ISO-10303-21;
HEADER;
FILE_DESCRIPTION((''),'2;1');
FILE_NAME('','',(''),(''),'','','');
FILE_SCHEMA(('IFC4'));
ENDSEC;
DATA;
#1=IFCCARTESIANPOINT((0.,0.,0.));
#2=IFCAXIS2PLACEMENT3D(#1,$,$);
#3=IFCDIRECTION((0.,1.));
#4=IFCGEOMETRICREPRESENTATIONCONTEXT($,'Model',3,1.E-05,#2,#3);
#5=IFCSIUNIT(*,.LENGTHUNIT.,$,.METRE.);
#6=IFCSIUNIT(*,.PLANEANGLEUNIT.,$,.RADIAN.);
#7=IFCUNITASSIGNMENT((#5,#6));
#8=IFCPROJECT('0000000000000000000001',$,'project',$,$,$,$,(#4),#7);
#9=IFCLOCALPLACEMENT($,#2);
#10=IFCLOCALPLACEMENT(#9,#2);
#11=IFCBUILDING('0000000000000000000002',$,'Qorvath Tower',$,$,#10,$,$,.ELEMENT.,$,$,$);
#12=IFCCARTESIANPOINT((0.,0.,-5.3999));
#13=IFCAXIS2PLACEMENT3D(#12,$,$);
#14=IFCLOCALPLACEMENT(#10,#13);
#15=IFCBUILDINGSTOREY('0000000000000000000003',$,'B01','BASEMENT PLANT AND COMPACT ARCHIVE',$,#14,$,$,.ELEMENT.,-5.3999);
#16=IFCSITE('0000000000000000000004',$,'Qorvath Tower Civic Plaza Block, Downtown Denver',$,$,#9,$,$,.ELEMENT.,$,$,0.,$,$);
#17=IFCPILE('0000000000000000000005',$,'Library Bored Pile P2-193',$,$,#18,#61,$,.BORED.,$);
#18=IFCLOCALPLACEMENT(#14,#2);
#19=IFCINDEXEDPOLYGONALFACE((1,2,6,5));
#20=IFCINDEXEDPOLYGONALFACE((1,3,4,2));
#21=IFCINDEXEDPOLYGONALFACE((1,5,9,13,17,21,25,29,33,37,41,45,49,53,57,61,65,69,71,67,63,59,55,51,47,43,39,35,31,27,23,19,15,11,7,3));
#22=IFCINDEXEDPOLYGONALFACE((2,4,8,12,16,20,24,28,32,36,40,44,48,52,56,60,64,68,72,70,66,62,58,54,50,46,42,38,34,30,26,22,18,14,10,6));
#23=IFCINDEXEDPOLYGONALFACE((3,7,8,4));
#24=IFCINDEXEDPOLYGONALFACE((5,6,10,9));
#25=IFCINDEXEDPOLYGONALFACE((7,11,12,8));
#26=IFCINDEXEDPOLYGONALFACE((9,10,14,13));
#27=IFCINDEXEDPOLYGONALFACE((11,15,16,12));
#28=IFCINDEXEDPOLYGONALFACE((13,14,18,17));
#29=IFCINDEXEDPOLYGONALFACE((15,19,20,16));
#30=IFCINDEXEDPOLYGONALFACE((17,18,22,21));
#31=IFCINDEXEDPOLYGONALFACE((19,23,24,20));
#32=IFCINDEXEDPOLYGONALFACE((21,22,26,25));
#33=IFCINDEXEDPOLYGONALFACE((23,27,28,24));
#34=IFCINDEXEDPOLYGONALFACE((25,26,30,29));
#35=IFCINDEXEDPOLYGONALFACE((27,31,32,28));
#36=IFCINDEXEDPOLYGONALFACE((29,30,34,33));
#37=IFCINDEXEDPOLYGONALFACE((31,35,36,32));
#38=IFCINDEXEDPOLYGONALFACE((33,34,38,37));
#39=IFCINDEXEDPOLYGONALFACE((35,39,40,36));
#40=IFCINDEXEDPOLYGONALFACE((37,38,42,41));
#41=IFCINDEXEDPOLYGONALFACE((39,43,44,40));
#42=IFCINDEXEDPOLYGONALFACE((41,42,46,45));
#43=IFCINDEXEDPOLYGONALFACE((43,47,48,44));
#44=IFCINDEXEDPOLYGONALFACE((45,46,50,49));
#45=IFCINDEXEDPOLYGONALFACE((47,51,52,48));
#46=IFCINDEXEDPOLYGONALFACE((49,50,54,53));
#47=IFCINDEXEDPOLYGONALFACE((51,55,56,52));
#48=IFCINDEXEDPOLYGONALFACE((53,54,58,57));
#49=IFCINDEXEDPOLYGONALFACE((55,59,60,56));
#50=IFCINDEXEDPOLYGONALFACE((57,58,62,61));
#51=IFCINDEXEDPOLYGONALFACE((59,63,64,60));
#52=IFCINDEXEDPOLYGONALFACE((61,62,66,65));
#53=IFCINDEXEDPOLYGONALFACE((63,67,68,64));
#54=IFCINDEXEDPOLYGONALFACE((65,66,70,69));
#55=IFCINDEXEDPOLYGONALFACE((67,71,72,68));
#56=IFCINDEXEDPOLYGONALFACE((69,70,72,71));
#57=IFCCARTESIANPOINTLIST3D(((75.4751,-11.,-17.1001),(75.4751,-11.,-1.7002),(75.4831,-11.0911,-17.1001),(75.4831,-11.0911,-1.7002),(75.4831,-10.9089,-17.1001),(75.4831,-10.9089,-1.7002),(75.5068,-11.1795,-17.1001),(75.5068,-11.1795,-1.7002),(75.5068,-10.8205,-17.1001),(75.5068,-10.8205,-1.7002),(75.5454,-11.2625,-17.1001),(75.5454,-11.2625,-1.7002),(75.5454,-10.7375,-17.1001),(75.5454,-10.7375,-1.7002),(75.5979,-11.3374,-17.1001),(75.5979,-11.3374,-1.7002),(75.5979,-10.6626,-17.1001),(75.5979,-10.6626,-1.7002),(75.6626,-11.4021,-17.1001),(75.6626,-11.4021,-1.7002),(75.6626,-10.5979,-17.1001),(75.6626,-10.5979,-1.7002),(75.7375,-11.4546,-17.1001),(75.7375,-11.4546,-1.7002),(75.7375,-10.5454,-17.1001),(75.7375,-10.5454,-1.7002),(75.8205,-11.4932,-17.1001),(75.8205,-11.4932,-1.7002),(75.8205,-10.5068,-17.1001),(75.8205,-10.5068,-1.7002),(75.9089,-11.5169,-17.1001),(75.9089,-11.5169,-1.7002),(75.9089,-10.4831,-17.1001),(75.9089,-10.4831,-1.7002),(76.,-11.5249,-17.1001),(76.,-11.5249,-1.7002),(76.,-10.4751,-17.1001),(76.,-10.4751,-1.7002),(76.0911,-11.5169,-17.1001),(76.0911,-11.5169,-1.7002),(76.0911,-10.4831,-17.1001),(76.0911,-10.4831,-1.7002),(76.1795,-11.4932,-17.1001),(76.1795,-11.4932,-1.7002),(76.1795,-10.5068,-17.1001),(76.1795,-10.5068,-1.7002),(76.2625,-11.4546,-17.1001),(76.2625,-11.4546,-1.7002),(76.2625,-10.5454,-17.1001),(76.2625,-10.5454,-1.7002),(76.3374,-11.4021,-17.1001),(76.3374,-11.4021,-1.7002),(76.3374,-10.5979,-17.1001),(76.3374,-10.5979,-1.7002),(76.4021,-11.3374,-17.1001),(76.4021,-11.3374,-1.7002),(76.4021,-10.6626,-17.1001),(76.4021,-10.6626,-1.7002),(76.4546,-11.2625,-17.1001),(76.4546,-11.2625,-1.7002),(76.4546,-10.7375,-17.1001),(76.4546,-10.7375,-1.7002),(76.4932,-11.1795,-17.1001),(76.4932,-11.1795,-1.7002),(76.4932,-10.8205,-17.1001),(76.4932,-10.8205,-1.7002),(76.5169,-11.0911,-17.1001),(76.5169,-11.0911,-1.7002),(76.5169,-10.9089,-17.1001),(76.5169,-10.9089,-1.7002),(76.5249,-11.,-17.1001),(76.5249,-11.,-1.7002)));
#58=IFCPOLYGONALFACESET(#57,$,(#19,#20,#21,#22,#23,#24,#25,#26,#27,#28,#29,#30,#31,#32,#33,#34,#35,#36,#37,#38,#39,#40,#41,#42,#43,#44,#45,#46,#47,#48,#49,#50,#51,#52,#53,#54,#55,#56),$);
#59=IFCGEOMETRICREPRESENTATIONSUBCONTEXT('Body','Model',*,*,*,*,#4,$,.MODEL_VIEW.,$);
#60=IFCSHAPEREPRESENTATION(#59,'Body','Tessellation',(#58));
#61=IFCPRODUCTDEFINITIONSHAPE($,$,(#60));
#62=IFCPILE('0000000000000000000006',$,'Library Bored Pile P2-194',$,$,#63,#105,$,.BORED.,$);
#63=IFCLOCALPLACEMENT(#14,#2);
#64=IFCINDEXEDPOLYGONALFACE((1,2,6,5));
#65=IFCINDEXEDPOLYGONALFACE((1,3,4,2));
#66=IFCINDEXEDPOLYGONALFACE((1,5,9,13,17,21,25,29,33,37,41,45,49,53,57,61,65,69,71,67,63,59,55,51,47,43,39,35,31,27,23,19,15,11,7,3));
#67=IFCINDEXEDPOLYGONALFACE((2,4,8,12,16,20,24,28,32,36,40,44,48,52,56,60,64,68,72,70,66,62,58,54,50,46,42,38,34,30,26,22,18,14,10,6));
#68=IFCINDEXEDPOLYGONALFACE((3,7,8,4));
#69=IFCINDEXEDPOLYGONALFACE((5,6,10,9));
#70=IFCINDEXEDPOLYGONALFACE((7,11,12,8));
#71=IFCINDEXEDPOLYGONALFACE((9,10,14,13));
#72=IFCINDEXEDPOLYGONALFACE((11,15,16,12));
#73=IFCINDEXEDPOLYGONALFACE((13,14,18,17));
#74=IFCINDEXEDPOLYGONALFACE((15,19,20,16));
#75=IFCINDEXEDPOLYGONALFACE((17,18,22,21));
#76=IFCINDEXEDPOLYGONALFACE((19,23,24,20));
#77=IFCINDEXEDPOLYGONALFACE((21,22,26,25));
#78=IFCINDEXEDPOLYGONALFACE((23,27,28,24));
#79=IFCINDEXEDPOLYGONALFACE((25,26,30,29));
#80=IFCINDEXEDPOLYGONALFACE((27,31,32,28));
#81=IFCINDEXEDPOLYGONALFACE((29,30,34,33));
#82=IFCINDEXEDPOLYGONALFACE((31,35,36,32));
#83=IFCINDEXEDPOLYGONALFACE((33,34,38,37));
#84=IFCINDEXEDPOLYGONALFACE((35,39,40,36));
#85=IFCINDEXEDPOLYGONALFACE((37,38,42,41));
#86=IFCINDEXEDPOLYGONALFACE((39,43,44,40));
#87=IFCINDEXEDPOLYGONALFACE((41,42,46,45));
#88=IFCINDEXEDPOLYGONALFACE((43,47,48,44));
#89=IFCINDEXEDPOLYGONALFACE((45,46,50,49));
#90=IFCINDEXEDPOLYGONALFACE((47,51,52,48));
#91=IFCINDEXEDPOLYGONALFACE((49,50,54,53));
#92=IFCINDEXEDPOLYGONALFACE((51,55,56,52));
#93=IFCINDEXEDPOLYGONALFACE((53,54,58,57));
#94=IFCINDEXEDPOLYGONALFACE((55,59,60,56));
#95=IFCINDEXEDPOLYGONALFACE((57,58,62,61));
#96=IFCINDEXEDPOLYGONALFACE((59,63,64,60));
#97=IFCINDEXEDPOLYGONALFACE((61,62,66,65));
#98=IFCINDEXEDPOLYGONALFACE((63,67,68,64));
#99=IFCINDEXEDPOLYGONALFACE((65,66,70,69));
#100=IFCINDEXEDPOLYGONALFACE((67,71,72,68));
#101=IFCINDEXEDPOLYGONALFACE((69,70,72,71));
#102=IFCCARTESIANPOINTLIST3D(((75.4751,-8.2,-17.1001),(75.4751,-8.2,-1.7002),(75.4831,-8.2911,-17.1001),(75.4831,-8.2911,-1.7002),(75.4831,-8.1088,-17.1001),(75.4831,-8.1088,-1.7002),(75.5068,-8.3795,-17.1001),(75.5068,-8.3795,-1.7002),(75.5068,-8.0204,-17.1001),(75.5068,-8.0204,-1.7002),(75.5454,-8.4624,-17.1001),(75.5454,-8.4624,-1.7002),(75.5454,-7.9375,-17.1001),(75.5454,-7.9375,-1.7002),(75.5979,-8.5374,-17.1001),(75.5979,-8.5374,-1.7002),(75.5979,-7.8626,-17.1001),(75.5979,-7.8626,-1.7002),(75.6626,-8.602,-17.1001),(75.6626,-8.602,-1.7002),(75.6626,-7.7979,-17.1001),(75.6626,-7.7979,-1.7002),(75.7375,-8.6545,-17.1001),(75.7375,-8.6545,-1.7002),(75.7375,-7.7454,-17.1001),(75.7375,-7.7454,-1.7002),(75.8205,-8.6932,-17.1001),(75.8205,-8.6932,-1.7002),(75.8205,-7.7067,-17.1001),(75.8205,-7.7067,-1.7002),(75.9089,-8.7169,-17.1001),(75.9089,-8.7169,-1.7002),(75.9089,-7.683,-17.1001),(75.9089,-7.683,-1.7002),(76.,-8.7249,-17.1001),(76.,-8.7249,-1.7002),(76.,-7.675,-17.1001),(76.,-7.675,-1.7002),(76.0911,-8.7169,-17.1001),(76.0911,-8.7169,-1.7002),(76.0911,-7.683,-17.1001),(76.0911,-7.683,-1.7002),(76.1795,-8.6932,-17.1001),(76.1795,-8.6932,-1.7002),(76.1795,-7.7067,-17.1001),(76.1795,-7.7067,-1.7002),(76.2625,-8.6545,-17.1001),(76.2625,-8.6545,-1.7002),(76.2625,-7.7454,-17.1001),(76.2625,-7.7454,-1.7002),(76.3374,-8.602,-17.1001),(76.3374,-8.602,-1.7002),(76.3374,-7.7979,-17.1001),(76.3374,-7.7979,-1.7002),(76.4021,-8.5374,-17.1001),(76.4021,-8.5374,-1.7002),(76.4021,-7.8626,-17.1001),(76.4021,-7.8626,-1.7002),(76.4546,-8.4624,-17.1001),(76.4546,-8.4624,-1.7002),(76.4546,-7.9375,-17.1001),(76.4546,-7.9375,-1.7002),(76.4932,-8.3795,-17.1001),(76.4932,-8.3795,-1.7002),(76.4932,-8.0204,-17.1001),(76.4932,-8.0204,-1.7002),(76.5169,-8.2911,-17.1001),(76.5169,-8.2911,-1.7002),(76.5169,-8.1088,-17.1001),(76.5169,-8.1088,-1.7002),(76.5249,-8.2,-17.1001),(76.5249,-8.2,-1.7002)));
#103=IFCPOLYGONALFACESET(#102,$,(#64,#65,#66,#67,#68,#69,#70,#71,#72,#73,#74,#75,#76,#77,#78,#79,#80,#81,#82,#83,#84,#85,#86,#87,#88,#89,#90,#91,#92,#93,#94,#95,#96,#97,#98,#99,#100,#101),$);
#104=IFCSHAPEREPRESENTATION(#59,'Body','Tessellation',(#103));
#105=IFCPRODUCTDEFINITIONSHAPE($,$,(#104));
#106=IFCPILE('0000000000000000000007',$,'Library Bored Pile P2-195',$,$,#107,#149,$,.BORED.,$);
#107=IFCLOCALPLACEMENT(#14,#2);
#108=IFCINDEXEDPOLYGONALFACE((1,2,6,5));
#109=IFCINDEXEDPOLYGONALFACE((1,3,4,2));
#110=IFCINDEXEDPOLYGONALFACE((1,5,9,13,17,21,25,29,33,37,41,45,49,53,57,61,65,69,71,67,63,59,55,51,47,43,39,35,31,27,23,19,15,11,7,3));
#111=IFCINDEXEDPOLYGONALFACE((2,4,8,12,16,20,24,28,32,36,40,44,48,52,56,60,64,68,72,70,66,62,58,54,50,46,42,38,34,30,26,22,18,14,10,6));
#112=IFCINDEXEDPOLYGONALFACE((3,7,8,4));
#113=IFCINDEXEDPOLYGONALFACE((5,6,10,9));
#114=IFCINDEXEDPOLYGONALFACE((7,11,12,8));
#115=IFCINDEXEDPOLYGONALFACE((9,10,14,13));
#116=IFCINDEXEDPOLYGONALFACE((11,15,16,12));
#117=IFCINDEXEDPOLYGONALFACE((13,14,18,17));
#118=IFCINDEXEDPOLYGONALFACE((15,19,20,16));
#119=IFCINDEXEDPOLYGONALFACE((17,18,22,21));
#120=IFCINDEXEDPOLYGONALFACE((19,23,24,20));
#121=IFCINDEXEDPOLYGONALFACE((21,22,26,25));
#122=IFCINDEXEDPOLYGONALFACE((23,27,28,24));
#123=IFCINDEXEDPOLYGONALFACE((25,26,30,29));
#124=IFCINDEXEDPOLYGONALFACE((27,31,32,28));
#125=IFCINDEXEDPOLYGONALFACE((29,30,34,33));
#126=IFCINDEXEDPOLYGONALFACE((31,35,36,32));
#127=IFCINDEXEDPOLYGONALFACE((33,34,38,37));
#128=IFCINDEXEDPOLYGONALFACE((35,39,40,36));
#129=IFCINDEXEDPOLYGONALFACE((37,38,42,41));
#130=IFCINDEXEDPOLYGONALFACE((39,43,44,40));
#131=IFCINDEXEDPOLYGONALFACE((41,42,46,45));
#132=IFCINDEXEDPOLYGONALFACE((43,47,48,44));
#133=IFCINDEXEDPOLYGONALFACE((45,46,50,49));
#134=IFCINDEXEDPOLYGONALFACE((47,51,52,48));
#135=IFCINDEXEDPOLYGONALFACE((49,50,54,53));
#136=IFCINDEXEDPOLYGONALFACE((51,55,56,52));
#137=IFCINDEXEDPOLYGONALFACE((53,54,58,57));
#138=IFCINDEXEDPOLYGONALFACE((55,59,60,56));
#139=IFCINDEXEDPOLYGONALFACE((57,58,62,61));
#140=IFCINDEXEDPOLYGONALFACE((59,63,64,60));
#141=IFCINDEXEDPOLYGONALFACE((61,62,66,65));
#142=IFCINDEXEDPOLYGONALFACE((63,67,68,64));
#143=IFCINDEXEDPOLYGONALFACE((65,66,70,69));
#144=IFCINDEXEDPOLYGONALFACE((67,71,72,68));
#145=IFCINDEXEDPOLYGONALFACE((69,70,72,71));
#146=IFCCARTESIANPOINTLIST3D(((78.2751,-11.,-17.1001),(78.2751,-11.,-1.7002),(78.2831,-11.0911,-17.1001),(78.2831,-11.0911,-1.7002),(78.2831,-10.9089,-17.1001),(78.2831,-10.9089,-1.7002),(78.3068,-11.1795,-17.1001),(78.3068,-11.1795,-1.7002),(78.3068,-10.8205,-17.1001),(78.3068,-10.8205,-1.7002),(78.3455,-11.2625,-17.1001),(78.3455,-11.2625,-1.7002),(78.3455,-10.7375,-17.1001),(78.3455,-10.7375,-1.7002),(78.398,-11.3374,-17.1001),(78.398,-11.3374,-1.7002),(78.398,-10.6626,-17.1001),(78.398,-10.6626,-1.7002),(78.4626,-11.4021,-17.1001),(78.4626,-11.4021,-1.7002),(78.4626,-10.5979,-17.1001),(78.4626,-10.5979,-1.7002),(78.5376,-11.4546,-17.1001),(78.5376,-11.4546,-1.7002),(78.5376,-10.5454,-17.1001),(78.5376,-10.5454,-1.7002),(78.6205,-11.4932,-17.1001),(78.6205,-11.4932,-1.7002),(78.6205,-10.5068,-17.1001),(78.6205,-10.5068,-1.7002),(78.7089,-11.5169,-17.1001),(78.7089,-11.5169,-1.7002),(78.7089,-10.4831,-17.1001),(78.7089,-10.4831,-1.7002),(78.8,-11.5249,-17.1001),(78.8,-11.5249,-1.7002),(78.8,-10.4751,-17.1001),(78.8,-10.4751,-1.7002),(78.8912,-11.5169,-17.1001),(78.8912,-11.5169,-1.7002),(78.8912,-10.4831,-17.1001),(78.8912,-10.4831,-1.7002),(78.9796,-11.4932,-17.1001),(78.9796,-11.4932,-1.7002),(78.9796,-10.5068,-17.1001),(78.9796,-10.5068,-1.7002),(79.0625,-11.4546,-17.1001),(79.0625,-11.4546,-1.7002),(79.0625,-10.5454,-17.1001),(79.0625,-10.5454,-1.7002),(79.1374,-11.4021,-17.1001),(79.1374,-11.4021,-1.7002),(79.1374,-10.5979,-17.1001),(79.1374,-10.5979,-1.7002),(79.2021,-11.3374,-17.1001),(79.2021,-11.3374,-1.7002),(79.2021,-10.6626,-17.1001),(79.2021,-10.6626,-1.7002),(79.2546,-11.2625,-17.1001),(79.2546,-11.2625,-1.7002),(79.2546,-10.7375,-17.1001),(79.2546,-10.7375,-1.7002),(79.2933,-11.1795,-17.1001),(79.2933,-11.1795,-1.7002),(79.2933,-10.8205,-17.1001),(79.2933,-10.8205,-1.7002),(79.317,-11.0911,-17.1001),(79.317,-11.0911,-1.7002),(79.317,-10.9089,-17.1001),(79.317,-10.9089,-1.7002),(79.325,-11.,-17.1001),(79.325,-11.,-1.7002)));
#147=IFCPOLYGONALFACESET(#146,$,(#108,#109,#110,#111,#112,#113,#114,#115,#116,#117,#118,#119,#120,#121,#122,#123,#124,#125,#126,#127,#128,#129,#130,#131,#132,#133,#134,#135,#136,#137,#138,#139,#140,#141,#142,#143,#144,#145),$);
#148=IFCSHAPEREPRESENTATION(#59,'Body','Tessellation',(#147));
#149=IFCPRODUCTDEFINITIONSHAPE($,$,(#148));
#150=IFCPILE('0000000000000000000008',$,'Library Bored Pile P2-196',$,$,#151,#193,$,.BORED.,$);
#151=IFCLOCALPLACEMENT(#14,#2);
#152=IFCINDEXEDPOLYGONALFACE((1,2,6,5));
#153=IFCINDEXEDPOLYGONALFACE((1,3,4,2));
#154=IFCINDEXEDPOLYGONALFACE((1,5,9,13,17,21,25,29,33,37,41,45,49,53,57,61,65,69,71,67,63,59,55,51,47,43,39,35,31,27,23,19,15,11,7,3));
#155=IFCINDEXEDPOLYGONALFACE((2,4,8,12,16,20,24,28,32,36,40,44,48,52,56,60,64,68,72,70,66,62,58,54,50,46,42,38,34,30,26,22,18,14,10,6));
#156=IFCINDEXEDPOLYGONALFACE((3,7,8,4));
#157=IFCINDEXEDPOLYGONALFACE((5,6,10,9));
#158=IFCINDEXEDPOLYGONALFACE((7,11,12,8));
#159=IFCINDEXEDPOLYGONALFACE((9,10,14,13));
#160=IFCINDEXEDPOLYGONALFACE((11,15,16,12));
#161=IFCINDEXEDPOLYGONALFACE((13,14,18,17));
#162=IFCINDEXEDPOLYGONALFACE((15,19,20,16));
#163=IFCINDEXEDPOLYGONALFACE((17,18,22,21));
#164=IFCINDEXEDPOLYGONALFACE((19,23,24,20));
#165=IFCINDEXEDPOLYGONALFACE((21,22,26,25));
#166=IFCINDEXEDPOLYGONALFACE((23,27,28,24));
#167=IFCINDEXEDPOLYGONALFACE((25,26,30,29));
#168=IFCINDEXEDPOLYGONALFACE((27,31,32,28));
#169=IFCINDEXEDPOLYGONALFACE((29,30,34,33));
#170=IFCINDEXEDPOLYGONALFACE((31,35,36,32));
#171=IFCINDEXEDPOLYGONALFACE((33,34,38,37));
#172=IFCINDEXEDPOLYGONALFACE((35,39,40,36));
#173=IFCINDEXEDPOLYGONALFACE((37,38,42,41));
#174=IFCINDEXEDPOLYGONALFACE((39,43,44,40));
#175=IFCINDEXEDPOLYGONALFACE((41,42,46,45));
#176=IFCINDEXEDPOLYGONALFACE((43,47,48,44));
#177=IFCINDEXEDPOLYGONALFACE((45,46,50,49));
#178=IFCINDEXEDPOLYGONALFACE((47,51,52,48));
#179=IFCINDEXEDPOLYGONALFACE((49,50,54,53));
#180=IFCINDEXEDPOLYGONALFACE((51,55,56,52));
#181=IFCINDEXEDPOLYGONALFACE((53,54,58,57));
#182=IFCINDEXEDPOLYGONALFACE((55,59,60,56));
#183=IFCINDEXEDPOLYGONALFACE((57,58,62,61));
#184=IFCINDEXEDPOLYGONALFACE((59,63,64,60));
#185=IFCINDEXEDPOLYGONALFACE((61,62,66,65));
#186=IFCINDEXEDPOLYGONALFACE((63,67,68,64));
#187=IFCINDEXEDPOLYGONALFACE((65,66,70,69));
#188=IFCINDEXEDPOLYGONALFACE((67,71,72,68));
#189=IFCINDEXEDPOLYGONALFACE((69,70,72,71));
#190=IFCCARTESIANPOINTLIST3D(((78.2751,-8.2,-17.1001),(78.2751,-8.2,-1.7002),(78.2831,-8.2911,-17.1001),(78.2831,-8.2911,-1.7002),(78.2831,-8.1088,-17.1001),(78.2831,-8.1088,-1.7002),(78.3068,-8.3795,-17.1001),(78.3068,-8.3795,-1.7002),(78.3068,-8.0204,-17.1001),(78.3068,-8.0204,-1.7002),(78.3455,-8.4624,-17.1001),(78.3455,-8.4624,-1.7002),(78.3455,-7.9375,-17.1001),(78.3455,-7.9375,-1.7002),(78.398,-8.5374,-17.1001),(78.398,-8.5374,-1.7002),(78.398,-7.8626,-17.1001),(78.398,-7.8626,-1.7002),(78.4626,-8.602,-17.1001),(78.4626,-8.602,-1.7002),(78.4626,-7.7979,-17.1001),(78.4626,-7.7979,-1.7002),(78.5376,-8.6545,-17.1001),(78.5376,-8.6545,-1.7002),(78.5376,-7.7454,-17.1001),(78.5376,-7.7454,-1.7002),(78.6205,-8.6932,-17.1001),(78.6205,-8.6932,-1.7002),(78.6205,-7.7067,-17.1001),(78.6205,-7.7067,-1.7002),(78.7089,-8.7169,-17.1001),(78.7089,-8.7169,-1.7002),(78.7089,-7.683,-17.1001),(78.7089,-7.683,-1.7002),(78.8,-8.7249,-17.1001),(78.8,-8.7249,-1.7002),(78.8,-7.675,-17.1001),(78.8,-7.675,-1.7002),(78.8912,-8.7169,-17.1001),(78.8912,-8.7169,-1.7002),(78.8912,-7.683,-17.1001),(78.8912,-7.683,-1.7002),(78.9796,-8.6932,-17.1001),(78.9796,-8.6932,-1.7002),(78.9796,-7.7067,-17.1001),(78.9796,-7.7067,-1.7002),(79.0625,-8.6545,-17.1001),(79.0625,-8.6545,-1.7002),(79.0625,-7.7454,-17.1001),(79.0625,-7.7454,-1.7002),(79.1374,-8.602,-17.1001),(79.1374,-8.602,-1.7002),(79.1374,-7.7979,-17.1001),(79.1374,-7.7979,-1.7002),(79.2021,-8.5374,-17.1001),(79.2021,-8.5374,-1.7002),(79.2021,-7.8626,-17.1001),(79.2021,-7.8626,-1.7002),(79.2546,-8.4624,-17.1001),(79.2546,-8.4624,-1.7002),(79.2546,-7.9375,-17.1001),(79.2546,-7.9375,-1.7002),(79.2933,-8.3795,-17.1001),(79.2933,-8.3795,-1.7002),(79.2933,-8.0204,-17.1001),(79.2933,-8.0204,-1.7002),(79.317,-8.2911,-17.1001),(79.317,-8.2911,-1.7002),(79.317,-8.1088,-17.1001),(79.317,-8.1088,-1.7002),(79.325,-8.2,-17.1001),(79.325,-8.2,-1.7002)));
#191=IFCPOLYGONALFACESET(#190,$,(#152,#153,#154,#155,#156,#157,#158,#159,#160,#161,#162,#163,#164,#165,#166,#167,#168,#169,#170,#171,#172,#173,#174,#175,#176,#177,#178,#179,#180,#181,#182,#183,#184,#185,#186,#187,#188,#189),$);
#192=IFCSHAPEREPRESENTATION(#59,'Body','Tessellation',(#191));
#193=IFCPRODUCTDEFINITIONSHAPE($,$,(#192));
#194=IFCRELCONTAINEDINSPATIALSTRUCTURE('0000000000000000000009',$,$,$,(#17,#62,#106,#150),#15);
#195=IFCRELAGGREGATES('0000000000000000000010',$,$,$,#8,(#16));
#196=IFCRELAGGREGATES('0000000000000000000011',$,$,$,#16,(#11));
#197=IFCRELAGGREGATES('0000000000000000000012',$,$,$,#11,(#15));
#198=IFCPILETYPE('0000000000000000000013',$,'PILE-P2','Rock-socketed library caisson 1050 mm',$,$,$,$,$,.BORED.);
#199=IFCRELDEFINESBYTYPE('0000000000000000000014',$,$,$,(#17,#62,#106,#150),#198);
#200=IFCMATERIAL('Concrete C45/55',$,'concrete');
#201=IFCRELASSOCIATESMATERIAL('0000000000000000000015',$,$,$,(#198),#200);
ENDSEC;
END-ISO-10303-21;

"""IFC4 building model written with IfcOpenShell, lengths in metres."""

from ifc_helpers import new_model, si_unit, direction, frame, origin, origin_2d, place, context, subcontext, project, spatial, circle, extrude, material, material_profile, profile_set, type_object, element, save


model = new_model("IFC4")

# Units and contexts
model_context = context("Model", 3, precision=1e-05, world=origin(), true_north=direction((0.0, 1.0)))
body_context = subcontext(model_context, "Body", "Model", "MODEL_VIEW")
ifc_project = project(units=[si_unit("LENGTHUNIT", "METRE"), si_unit("PLANEANGLEUNIT", "RADIAN")], contexts=[model_context])

# Site, building, storey
site_placement = place(None, origin())
site = spatial("IfcSite", under=ifc_project, at=site_placement, Name="Qorvath Tower Civic Plaza Block, Downtown Denver", CompositionType="ELEMENT", RefElevation=0.0)
building_placement = place(site_placement, origin())
building = spatial("IfcBuilding", under=site, at=building_placement, Name="Qorvath Tower", CompositionType="ELEMENT")
storey_placement = place(building_placement, frame((0.0, 0.0, -5.3999)))
storey = spatial("IfcBuildingStorey", under=building, at=storey_placement, Name="B01", Description="BASEMENT PLANT AND COMPACT ARCHIVE", CompositionType="ELEMENT", Elevation=-5.3999)

# Piles
ifc_material_1 = material(Name="Concrete C45/55", Category="concrete")
ifc_material_profile_1 = material_profile(ifc_material_1, circle(Radius=0.5249, at=origin_2d()), Name="BORED PILE 1050")
ifc_profile_set_1 = profile_set([ifc_material_profile_1], Name="Concrete C45/55")
pile_type = type_object("IfcPileType", Name="PILE-P2", Description="Rock-socketed library caisson 1050 mm", PredefinedType="BORED", material=ifc_profile_set_1)
for number, where, z_axis, x_axis, name in (
    (1, (76.0, -11.0, -1.7002), (0.0, 0.0, -1.0), (1.0, 0.0, 0.0), "Library Bored Pile P2-193"),
    (2, (76.0, -8.2, -1.7002), (0.0, 0.0, -1.0), (1.0, 0.0, 0.0), "Library Bored Pile P2-194"),
    (3, (78.8, -11.0, -1.7002), (0.0, 0.0, -1.0), (1.0, 0.0, 0.0), "Library Bored Pile P2-195"),
    (4, (78.8, -8.2, -1.7002), (0.0, 0.0, -1.0), (1.0, 0.0, 0.0), "Library Bored Pile P2-196"),
):
    element("IfcPile", number, at=place(storey_placement, frame(where, z_axis=z_axis, x_axis=x_axis)), inside=storey, type_object=pile_type, Name=name, PredefinedType="BORED", context=body_context, shape_type="SweptSolid", body=[
        extrude(circle(Radius=0.5249, at=origin_2d()), origin(), (0.0, 0.0, 1.0), 15.3999),
    ])

save(model, "model.ifc")
